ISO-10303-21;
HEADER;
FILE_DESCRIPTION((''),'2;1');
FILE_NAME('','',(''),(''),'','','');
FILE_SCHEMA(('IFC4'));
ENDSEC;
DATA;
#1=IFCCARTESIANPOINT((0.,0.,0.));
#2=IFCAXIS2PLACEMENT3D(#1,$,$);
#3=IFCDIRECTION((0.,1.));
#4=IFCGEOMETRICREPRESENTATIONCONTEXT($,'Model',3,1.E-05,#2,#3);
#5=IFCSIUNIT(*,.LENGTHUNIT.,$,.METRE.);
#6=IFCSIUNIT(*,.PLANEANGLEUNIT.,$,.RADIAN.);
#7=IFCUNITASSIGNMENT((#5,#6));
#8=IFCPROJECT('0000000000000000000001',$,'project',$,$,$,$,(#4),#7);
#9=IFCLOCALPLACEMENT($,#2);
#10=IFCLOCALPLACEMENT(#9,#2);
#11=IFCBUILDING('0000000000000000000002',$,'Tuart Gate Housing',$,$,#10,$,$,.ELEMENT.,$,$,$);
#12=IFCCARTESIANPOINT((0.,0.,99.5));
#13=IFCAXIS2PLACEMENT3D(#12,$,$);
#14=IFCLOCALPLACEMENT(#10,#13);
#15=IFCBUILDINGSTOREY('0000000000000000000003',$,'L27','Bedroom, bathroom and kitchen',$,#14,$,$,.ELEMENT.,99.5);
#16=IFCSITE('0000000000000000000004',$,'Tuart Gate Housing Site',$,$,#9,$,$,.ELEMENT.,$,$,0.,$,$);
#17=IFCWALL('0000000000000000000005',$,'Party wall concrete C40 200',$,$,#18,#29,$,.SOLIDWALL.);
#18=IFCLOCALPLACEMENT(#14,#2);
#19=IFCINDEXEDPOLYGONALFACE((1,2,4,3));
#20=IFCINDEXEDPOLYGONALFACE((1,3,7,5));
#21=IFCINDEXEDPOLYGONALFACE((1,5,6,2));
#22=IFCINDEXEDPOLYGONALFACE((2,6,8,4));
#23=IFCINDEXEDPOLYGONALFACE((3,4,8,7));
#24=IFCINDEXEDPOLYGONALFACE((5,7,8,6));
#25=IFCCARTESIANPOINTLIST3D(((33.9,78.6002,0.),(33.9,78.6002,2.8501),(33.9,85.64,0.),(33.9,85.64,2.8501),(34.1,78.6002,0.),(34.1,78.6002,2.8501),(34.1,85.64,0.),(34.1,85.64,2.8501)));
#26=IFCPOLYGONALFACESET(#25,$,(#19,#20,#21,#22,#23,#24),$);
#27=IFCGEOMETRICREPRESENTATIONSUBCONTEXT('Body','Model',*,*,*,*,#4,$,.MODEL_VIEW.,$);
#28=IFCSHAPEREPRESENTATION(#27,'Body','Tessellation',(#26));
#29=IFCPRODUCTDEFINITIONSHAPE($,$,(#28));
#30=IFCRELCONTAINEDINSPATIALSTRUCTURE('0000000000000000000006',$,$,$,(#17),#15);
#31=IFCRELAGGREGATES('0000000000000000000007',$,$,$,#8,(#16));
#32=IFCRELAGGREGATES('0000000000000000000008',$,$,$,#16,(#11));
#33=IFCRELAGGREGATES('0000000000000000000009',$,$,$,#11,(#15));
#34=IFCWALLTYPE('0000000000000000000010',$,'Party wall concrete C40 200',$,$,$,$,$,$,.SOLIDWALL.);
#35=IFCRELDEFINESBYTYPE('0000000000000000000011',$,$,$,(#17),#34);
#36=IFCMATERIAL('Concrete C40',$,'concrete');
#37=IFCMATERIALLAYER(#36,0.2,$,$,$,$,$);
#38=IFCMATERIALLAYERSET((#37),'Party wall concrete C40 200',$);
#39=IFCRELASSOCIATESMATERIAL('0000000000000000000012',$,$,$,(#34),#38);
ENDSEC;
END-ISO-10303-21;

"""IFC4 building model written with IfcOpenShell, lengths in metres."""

from ifc_helpers import new_model, si_unit, direction, frame, frame_2d, origin, place, context, subcontext, project, spatial, rectangle, extrude, material, layer, layer_set, type_object, element, save


model = new_model("IFC4")

# Units and contexts
model_context = context("Model", 3, precision=1e-05, world=origin(), true_north=direction((0.0, 1.0)))
body_context = subcontext(model_context, "Body", "Model", "MODEL_VIEW")
ifc_project = project(units=[si_unit("LENGTHUNIT", "METRE"), si_unit("PLANEANGLEUNIT", "RADIAN")], contexts=[model_context])

# Site, building, storey
site_placement = place(None, origin())
site = spatial("IfcSite", under=ifc_project, at=site_placement, Name="Tuart Gate Housing Site", CompositionType="ELEMENT", RefElevation=0.0)
building_placement = place(site_placement, origin())
building = spatial("IfcBuilding", under=site, at=building_placement, Name="Tuart Gate Housing", CompositionType="ELEMENT")
storey_placement = place(building_placement, frame((0.0, 0.0, 99.5)))
storey = spatial("IfcBuildingStorey", under=building, at=storey_placement, Name="L27", Description="Bedroom, bathroom and kitchen", CompositionType="ELEMENT", Elevation=99.5)

# Wall
ifc_material_1 = material(Name="Concrete C40", Category="concrete")
ifc_layer_1 = layer(ifc_material_1, 0.2)
ifc_layer_set_1 = layer_set([ifc_layer_1], Name="Party wall concrete C40 200")
wall_type_1 = type_object("IfcWallType", Name="Party wall concrete C40 200", PredefinedType="SOLIDWALL", material=ifc_layer_set_1)
wall_1_placement = place(storey_placement, frame((34.0, 78.6001, 0.0), z_axis=(0.0, 0.0, 1.0), x_axis=(0.0, 1.0, 0.0)))
element("IfcWall", 1, at=wall_1_placement, inside=storey, type_object=wall_type_1, Name="Party wall concrete C40 200", PredefinedType="SOLIDWALL", context=body_context, shape_type="SweptSolid", body=[
    extrude(rectangle(XDim=7.0398, YDim=0.2, at=frame_2d((3.52, 0.0))), origin(), (0.0, 0.0, 1.0), 2.8501),
])

save(model, "model.ifc")
